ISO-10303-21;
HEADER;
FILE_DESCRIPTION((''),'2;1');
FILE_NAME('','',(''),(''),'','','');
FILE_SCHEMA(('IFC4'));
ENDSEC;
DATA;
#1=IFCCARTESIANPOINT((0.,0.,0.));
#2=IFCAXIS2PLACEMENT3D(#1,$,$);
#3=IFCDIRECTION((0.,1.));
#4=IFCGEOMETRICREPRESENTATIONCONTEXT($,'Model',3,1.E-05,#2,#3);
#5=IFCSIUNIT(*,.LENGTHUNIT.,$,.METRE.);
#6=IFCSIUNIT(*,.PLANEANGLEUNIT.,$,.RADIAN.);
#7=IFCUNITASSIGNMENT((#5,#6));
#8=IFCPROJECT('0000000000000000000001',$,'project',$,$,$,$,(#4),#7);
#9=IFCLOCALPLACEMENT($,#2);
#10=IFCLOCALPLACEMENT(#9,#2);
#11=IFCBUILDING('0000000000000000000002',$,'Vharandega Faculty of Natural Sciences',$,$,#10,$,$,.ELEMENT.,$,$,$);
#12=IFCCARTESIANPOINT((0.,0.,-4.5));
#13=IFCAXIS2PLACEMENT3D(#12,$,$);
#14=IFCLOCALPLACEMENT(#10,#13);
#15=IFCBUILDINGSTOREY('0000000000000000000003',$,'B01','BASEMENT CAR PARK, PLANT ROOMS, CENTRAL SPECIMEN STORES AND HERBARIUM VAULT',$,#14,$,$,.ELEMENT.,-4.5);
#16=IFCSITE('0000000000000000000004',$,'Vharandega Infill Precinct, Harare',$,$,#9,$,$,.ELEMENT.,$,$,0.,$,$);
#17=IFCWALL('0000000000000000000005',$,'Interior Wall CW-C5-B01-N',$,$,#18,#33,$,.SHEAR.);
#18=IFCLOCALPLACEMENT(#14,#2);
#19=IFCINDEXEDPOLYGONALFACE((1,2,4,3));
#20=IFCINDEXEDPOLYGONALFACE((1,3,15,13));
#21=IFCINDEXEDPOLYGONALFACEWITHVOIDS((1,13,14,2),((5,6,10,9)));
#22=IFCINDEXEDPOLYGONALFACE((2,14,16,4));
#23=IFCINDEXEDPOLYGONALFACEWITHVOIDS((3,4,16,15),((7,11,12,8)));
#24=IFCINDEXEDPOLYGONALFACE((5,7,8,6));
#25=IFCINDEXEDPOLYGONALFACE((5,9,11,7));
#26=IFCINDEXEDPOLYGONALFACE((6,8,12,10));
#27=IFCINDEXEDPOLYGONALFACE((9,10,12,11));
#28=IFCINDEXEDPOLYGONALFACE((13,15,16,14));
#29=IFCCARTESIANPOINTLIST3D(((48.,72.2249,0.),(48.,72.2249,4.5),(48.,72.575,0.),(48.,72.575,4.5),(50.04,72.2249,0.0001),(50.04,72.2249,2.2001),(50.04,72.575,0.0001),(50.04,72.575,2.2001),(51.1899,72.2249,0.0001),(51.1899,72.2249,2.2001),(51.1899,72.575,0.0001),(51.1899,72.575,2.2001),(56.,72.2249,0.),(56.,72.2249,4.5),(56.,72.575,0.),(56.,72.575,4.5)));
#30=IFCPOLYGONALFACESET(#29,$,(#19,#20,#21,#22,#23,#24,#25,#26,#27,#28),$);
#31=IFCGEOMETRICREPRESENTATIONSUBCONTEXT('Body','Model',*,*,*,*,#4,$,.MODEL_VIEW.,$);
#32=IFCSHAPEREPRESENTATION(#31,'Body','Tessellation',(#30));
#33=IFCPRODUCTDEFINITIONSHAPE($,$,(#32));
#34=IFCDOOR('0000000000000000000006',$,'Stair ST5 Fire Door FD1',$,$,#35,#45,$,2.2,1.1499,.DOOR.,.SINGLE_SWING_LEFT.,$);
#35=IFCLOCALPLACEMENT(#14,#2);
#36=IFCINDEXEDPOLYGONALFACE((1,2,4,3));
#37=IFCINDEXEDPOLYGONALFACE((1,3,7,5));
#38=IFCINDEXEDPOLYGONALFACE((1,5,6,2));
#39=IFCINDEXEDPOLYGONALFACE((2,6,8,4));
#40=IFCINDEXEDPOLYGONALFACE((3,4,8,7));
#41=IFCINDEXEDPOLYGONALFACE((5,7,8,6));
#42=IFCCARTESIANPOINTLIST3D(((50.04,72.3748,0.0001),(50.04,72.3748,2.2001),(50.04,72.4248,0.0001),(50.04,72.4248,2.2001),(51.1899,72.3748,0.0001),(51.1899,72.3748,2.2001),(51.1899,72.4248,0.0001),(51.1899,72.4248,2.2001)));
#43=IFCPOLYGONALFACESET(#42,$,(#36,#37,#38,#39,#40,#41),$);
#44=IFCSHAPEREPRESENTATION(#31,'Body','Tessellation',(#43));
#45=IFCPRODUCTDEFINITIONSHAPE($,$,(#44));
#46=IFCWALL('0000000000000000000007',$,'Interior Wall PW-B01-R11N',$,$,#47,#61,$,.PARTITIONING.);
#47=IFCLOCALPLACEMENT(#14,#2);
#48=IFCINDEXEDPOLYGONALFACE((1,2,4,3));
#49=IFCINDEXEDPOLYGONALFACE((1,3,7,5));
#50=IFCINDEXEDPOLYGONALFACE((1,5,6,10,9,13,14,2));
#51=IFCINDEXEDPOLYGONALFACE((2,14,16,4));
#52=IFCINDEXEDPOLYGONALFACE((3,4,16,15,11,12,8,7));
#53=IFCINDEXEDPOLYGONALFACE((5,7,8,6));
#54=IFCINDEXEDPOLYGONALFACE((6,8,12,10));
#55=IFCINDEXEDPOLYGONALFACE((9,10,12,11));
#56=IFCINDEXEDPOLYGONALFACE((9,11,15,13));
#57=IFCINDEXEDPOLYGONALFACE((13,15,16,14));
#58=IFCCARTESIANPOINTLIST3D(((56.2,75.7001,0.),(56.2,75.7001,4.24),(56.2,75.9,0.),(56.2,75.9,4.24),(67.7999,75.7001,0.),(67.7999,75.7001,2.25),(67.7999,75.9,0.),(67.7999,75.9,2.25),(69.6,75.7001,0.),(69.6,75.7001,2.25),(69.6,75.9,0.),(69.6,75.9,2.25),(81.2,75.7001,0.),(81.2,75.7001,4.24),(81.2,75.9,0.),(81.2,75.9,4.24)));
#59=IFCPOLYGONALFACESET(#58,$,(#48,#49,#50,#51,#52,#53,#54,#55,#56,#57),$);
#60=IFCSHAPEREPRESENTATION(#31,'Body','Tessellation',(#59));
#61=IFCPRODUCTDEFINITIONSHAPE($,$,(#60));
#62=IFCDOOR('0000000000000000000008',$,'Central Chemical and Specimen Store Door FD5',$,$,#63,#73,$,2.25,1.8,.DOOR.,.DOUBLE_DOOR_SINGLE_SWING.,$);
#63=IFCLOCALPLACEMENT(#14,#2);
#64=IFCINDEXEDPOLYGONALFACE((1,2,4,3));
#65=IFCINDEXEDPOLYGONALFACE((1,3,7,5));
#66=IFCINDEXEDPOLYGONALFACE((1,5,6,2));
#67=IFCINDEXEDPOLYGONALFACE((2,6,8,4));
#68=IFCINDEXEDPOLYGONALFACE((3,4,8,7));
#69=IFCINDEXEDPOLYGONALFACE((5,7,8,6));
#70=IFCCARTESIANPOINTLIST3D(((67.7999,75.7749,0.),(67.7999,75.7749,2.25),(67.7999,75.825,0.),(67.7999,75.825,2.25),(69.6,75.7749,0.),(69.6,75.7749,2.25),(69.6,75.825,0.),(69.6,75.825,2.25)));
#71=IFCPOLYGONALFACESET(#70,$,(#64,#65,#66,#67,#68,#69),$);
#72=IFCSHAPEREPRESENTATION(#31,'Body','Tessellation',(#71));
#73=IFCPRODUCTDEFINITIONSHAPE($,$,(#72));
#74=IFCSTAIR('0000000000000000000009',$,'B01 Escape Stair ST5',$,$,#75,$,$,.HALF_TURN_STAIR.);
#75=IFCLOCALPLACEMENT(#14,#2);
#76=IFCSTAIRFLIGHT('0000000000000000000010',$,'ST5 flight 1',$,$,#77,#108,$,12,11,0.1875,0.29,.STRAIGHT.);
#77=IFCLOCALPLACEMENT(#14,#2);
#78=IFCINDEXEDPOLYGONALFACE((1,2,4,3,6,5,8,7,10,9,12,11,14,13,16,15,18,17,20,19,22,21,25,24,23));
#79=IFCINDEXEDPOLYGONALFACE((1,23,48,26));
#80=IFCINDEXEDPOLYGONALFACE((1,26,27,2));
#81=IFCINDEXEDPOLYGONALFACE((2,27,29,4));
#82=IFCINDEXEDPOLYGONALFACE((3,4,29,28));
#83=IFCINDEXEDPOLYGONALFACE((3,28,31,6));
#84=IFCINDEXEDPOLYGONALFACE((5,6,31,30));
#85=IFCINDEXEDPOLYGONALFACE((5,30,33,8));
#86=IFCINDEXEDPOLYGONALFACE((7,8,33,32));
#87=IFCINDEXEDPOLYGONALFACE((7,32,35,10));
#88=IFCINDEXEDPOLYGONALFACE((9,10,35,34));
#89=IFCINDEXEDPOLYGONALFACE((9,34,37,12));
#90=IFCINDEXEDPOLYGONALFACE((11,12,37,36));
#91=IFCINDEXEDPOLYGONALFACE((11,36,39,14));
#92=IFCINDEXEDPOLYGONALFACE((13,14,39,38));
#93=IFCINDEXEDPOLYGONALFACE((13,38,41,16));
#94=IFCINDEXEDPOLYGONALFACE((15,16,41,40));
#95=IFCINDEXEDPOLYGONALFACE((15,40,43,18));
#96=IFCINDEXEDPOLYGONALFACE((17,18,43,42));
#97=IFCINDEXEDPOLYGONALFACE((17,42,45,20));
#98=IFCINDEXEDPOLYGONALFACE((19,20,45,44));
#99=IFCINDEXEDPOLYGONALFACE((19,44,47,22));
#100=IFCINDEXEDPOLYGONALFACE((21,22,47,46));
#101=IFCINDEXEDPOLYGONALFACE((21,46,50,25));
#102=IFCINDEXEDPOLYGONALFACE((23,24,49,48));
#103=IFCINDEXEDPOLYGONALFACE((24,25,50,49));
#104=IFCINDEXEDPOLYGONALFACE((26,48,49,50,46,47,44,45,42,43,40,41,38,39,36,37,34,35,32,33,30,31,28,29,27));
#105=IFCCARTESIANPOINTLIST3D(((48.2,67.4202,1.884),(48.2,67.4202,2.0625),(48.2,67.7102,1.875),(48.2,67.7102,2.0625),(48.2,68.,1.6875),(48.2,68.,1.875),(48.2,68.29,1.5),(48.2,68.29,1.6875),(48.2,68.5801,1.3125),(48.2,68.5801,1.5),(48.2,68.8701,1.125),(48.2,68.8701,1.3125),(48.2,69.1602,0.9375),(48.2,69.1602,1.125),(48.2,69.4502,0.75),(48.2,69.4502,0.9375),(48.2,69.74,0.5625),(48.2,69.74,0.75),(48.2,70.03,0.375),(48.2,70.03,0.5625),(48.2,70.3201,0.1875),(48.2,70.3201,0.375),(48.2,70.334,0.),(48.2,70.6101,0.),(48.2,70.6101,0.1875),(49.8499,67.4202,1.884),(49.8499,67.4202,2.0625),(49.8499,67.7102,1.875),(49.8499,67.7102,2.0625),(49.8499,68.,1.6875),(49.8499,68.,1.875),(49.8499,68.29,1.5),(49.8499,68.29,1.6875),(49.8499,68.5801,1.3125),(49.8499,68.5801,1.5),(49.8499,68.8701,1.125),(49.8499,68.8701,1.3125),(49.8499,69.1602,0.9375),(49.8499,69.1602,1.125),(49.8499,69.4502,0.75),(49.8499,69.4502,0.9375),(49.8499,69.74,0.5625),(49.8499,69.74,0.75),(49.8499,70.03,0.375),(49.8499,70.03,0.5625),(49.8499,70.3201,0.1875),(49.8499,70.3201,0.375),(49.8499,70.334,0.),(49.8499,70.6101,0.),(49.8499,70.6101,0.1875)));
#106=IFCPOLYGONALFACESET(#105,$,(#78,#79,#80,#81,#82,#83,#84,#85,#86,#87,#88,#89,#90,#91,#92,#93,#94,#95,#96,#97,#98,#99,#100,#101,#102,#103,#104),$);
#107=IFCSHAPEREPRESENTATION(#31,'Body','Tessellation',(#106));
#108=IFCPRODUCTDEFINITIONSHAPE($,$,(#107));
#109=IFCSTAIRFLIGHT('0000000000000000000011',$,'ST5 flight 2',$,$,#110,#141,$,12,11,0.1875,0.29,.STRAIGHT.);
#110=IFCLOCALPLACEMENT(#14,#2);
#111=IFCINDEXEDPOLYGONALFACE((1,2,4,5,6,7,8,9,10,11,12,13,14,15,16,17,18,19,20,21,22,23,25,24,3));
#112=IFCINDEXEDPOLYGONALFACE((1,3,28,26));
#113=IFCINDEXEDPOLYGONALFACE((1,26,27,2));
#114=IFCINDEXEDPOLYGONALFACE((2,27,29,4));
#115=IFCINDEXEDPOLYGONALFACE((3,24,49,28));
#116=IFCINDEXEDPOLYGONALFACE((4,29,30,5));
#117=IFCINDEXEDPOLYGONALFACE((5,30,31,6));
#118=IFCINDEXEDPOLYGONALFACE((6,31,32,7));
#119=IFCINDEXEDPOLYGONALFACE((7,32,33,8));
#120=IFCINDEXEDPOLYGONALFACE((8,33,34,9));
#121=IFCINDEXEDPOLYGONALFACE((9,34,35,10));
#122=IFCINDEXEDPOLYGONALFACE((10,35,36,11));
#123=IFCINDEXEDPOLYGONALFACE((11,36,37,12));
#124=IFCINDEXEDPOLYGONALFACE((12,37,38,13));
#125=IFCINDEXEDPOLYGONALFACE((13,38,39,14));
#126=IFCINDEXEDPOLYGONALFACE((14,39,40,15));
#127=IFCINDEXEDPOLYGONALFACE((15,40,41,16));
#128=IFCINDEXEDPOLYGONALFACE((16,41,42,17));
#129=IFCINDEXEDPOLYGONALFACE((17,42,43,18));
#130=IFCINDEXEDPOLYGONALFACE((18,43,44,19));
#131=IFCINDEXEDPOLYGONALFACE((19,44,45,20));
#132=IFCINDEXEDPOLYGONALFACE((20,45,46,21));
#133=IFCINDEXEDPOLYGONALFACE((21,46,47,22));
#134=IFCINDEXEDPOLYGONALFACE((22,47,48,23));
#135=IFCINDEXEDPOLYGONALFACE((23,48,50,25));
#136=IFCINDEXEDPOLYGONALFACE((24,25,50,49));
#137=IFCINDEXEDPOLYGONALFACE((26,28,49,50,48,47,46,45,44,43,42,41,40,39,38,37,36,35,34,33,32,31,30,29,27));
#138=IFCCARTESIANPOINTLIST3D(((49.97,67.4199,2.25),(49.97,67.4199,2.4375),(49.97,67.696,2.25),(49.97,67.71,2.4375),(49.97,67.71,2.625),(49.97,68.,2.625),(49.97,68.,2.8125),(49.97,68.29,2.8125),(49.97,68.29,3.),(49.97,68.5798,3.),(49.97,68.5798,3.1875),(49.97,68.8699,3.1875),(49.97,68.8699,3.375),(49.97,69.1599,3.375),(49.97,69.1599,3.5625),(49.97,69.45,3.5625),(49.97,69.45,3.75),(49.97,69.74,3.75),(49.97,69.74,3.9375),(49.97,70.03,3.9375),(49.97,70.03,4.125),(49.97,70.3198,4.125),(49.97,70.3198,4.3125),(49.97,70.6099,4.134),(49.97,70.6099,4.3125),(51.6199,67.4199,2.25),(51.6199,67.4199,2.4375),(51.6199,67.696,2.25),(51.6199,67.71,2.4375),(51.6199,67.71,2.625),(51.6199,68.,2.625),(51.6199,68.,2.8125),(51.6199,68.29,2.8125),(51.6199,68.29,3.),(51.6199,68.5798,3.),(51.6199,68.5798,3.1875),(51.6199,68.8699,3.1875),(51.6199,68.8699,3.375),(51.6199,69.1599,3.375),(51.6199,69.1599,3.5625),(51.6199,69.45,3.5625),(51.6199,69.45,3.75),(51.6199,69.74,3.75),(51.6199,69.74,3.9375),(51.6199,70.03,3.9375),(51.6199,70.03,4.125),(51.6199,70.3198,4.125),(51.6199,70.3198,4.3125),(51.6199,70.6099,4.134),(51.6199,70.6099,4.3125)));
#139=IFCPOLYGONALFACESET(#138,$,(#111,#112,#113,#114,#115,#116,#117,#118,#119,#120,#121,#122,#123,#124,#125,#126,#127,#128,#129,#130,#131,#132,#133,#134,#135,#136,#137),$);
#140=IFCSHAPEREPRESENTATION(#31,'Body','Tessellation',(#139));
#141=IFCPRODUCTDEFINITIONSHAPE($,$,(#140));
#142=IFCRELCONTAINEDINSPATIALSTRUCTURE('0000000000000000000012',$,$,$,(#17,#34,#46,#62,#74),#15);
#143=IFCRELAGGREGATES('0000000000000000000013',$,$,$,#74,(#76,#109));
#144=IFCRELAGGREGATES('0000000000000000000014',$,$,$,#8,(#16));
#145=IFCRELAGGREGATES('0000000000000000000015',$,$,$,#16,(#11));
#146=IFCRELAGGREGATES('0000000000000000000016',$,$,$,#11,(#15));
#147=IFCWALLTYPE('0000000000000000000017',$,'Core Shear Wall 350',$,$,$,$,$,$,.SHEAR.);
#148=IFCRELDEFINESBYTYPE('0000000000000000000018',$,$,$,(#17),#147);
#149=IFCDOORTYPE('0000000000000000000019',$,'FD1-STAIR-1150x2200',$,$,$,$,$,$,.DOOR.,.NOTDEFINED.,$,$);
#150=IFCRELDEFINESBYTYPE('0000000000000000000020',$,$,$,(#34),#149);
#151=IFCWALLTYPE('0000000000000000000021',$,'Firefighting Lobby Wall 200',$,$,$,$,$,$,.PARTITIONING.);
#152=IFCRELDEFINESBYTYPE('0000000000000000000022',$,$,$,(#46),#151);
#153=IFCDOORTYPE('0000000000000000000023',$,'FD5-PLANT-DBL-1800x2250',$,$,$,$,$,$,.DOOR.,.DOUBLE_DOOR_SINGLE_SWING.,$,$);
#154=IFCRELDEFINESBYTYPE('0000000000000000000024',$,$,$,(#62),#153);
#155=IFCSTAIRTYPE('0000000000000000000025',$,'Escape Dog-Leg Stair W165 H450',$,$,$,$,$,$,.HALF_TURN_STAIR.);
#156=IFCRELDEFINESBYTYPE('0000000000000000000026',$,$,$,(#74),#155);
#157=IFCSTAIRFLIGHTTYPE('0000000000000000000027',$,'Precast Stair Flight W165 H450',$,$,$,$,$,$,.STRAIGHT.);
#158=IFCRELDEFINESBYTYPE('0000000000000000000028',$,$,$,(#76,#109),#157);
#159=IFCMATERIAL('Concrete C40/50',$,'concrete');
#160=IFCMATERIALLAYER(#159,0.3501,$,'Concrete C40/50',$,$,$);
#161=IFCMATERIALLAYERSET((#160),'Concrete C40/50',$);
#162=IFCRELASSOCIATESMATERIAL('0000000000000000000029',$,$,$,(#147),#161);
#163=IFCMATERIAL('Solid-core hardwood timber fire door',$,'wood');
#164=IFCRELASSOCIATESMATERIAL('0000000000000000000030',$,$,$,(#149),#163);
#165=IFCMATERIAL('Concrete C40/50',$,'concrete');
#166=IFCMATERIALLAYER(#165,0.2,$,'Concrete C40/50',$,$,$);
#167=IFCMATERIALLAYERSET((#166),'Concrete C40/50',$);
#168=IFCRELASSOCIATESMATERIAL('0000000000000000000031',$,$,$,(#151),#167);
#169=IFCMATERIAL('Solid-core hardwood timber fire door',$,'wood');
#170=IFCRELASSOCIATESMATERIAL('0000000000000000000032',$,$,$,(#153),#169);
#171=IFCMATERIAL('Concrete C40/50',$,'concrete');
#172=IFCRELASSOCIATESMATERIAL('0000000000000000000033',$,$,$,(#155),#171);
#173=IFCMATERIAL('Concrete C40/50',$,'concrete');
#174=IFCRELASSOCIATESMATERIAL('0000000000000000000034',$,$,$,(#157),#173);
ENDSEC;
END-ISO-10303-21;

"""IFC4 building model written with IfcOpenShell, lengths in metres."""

from ifc_helpers import new_model, si_unit, direction, frame, frame_2d, origin, place, context, subcontext, project, spatial, polyline, rectangle, outline, extrude, material, layer, layer_set, type_object, element, fill, aggregate, save


model = new_model("IFC4")

# Units and contexts
model_context = context("Model", 3, precision=1e-05, world=origin(), true_north=direction((0.0, 1.0)))
body_context = subcontext(model_context, "Body", "Model", "MODEL_VIEW")
ifc_project = project(units=[si_unit("LENGTHUNIT", "METRE"), si_unit("PLANEANGLEUNIT", "RADIAN")], contexts=[model_context])

# Site, building, storey
site_placement = place(None, origin())
site = spatial("IfcSite", under=ifc_project, at=site_placement, Name="Vharandega Infill Precinct, Harare", CompositionType="ELEMENT", RefElevation=0.0)
building_placement = place(site_placement, origin())
building = spatial("IfcBuilding", under=site, at=building_placement, Name="Vharandega Faculty of Natural Sciences", CompositionType="ELEMENT")
storey_placement = place(building_placement, frame((0.0, 0.0, -4.5)))
storey = spatial("IfcBuildingStorey", under=building, at=storey_placement, Name="B01", Description="BASEMENT CAR PARK, PLANT ROOMS, CENTRAL SPECIMEN STORES AND HERBARIUM VAULT", CompositionType="ELEMENT", Elevation=-4.5)

# Walls, openings, doors
ifc_material_1 = material(Name="Concrete C40/50", Category="concrete")
ifc_layer_1 = layer(ifc_material_1, 0.3501, Name="Concrete C40/50")
ifc_layer_set_1 = layer_set([ifc_layer_1], Name="Concrete C40/50")
wall_type_1 = type_object("IfcWallType", Name="Core Shear Wall 350", PredefinedType="SHEAR", material=ifc_layer_set_1)
wall_1_placement = place(storey_placement, frame((48.0, 72.3999, 0.0), z_axis=(0.0, 0.0, 1.0), x_axis=(1.0, 0.0, 0.0)))
wall_1 = element("IfcWall", 1, at=wall_1_placement, inside=storey, type_object=wall_type_1, Name="Interior Wall CW-C5-B01-N", PredefinedType="SHEAR", context=body_context, shape_type="SweptSolid", body=[
    extrude(rectangle(XDim=8.0, YDim=0.3501, at=frame_2d((4.0, 0.0))), origin(), (0.0, 0.0, 1.0), 4.5),
])
opening_1_placement = place(wall_1_placement, frame((2.04, 0.0, 0.0)))
opening_1 = element("IfcOpeningElement", 2, at=opening_1_placement, cuts=wall_1, PredefinedType="OPENING", context=body_context, shape_type="SweptSolid", body=[
    extrude(rectangle(XDim=1.1499, YDim=2.2, at=frame_2d((0.575, 1.1001))), frame((0.0, 0.1851, 0.0), z_axis=(0.0, -1.0, 0.0), x_axis=(1.0, 0.0, 0.0)), (0.0, 0.0, 1.0), 0.3701),
])
ifc_material_2 = material(Name="Solid-core hardwood timber fire door", Category="wood")
door_type_1 = type_object("IfcDoorType", Name="FD1-STAIR-1150x2200", OperationType="NOTDEFINED", PredefinedType="DOOR", material=ifc_material_2)
door_1_placement = place(opening_1_placement, origin())
door_1 = element("IfcDoor", 3, at=door_1_placement, inside=storey, type_object=door_type_1, Name="Stair ST5 Fire Door FD1", OperationType="SINGLE_SWING_LEFT", OverallHeight=2.2, OverallWidth=1.1499, PredefinedType="DOOR", context=body_context, shape_type="SweptSolid", body=[
    extrude(rectangle(XDim=1.1499, YDim=2.2, at=frame_2d((0.575, 1.1001))), frame((0.0, 0.0249, 0.0), z_axis=(0.0, -1.0, 0.0), x_axis=(1.0, 0.0, 0.0)), (0.0, 0.0, 1.0), 0.05),
])
fill(opening_1, door_1)
ifc_material_3 = material(Name="Concrete C40/50", Category="concrete")
ifc_layer_2 = layer(ifc_material_3, 0.2, Name="Concrete C40/50")
ifc_layer_set_2 = layer_set([ifc_layer_2], Name="Concrete C40/50")
wall_type_2 = type_object("IfcWallType", Name="Firefighting Lobby Wall 200", PredefinedType="PARTITIONING", material=ifc_layer_set_2)
wall_2_placement = place(storey_placement, frame((56.2, 75.8, 0.0), z_axis=(0.0, 0.0, 1.0), x_axis=(1.0, 0.0, 0.0)))
wall_2 = element("IfcWall", 4, at=wall_2_placement, inside=storey, type_object=wall_type_2, Name="Interior Wall PW-B01-R11N", PredefinedType="PARTITIONING", context=body_context, shape_type="SweptSolid", body=[
    extrude(rectangle(XDim=25.0, YDim=0.2, at=frame_2d((12.5, 0.0))), origin(), (0.0, 0.0, 1.0), 4.24),
])
opening_2_placement = place(wall_2_placement, frame((11.6001, 0.0, 0.0)))
opening_2 = element("IfcOpeningElement", 5, at=opening_2_placement, cuts=wall_2, PredefinedType="OPENING", context=body_context, shape_type="SweptSolid", body=[
    extrude(rectangle(XDim=1.8, YDim=2.25, at=frame_2d((0.8999, 1.125))), frame((0.0, 0.1099, 0.0), z_axis=(0.0, -1.0, 0.0), x_axis=(1.0, 0.0, 0.0)), (0.0, 0.0, 1.0), 0.22),
])
ifc_material_4 = material(Name="Solid-core hardwood timber fire door", Category="wood")
door_type_2 = type_object("IfcDoorType", Name="FD5-PLANT-DBL-1800x2250", OperationType="DOUBLE_DOOR_SINGLE_SWING", PredefinedType="DOOR", material=ifc_material_4)
door_2_placement = place(opening_2_placement, origin())
door_2 = element("IfcDoor", 6, at=door_2_placement, inside=storey, type_object=door_type_2, Name="Central Chemical and Specimen Store Door FD5", OperationType="DOUBLE_DOOR_SINGLE_SWING", OverallHeight=2.25, OverallWidth=1.8, PredefinedType="DOOR", context=body_context, shape_type="SweptSolid", body=[
    extrude(rectangle(XDim=1.8, YDim=2.25, at=frame_2d((0.8999, 1.125))), frame((0.0, 0.0249, 0.0), z_axis=(0.0, -1.0, 0.0), x_axis=(1.0, 0.0, 0.0)), (0.0, 0.0, 1.0), 0.05),
])
fill(opening_2, door_2)

# Stair, stair flights
ifc_material_5 = material(Name="Concrete C40/50", Category="concrete")
stair_type = type_object("IfcStairType", Name="Escape Dog-Leg Stair W165 H450", PredefinedType="HALF_TURN_STAIR", material=ifc_material_5)
stair_placement = place(storey_placement, origin())
stair = element("IfcStair", 7, at=stair_placement, inside=storey, type_object=stair_type, Name="B01 Escape Stair ST5", PredefinedType="HALF_TURN_STAIR")
ifc_material_6 = material(Name="Concrete C40/50", Category="concrete")
stair_flight_type = type_object("IfcStairFlightType", Name="Precast Stair Flight W165 H450", PredefinedType="STRAIGHT", material=ifc_material_6)
stair_flight_1_placement = place(storey_placement, frame((49.0249, 70.6101, 0.0), z_axis=(0.0, 0.0, 1.0), x_axis=(0.0, -1.0, 0.0)))
stair_flight_1 = element("IfcStairFlight", 8, at=stair_flight_1_placement, type_object=stair_flight_type, Name="ST5 flight 1", NumberOfRisers=12, NumberOfTreads=11, PredefinedType="STRAIGHT", RiserHeight=0.1875, TreadLength=0.29, context=body_context, shape_type="SweptSolid", body=[
    extrude(outline(polyline([(0.0, 0.0), (0.0, 0.1875), (0.29, 0.1875), (0.29, 0.375), (0.5801, 0.375), (0.5801, 0.5625), (0.8701, 0.5625), (0.8701, 0.75), (1.1599, 0.75), (1.1599, 0.9375), (1.45, 0.9375), (1.45, 1.125), (1.74, 1.125), (1.74, 1.3125), (2.03, 1.3125), (2.03, 1.5), (2.3201, 1.5), (2.3201, 1.6875), (2.6101, 1.6875), (2.6101, 1.875), (2.8999, 1.875), (2.8999, 2.0625), (3.1899, 2.0625), (3.1899, 2.25), (3.1899, 1.884), (0.2761, 0.0), (0.0, 0.0)])), frame((0.0, 0.825, 0.0), z_axis=(0.0, -1.0, 0.0), x_axis=(1.0, 0.0, 0.0)), (0.0, 0.0, 1.0), 1.6499),
])
stair_flight_2_placement = place(storey_placement, frame((50.7949, 67.4199, 2.25), z_axis=(0.0, 0.0, 1.0), x_axis=(0.0, 1.0, 0.0)))
stair_flight_2 = element("IfcStairFlight", 9, at=stair_flight_2_placement, type_object=stair_flight_type, Name="ST5 flight 2", NumberOfRisers=12, NumberOfTreads=11, PredefinedType="STRAIGHT", RiserHeight=0.1875, TreadLength=0.29, context=body_context, shape_type="SweptSolid", body=[
    extrude(outline(polyline([(0.0, 0.0), (0.0, 0.1875), (0.29, 0.1875), (0.29, 0.375), (0.5801, 0.375), (0.5801, 0.5625), (0.8701, 0.5625), (0.8701, 0.75), (1.1599, 0.75), (1.1599, 0.9375), (1.45, 0.9375), (1.45, 1.125), (1.74, 1.125), (1.74, 1.3125), (2.03, 1.3125), (2.03, 1.5), (2.3201, 1.5), (2.3201, 1.6875), (2.6101, 1.6875), (2.6101, 1.875), (2.8999, 1.875), (2.8999, 2.0625), (3.1899, 2.0625), (3.1899, 2.25), (3.1899, 1.884), (0.2761, 0.0), (0.0, 0.0)])), frame((0.0, 0.825, 0.0), z_axis=(0.0, -1.0, 0.0), x_axis=(1.0, 0.0, 0.0)), (0.0, 0.0, 1.0), 1.6499),
])
aggregate(stair, [stair_flight_1, stair_flight_2])

save(model, "model.ifc")
